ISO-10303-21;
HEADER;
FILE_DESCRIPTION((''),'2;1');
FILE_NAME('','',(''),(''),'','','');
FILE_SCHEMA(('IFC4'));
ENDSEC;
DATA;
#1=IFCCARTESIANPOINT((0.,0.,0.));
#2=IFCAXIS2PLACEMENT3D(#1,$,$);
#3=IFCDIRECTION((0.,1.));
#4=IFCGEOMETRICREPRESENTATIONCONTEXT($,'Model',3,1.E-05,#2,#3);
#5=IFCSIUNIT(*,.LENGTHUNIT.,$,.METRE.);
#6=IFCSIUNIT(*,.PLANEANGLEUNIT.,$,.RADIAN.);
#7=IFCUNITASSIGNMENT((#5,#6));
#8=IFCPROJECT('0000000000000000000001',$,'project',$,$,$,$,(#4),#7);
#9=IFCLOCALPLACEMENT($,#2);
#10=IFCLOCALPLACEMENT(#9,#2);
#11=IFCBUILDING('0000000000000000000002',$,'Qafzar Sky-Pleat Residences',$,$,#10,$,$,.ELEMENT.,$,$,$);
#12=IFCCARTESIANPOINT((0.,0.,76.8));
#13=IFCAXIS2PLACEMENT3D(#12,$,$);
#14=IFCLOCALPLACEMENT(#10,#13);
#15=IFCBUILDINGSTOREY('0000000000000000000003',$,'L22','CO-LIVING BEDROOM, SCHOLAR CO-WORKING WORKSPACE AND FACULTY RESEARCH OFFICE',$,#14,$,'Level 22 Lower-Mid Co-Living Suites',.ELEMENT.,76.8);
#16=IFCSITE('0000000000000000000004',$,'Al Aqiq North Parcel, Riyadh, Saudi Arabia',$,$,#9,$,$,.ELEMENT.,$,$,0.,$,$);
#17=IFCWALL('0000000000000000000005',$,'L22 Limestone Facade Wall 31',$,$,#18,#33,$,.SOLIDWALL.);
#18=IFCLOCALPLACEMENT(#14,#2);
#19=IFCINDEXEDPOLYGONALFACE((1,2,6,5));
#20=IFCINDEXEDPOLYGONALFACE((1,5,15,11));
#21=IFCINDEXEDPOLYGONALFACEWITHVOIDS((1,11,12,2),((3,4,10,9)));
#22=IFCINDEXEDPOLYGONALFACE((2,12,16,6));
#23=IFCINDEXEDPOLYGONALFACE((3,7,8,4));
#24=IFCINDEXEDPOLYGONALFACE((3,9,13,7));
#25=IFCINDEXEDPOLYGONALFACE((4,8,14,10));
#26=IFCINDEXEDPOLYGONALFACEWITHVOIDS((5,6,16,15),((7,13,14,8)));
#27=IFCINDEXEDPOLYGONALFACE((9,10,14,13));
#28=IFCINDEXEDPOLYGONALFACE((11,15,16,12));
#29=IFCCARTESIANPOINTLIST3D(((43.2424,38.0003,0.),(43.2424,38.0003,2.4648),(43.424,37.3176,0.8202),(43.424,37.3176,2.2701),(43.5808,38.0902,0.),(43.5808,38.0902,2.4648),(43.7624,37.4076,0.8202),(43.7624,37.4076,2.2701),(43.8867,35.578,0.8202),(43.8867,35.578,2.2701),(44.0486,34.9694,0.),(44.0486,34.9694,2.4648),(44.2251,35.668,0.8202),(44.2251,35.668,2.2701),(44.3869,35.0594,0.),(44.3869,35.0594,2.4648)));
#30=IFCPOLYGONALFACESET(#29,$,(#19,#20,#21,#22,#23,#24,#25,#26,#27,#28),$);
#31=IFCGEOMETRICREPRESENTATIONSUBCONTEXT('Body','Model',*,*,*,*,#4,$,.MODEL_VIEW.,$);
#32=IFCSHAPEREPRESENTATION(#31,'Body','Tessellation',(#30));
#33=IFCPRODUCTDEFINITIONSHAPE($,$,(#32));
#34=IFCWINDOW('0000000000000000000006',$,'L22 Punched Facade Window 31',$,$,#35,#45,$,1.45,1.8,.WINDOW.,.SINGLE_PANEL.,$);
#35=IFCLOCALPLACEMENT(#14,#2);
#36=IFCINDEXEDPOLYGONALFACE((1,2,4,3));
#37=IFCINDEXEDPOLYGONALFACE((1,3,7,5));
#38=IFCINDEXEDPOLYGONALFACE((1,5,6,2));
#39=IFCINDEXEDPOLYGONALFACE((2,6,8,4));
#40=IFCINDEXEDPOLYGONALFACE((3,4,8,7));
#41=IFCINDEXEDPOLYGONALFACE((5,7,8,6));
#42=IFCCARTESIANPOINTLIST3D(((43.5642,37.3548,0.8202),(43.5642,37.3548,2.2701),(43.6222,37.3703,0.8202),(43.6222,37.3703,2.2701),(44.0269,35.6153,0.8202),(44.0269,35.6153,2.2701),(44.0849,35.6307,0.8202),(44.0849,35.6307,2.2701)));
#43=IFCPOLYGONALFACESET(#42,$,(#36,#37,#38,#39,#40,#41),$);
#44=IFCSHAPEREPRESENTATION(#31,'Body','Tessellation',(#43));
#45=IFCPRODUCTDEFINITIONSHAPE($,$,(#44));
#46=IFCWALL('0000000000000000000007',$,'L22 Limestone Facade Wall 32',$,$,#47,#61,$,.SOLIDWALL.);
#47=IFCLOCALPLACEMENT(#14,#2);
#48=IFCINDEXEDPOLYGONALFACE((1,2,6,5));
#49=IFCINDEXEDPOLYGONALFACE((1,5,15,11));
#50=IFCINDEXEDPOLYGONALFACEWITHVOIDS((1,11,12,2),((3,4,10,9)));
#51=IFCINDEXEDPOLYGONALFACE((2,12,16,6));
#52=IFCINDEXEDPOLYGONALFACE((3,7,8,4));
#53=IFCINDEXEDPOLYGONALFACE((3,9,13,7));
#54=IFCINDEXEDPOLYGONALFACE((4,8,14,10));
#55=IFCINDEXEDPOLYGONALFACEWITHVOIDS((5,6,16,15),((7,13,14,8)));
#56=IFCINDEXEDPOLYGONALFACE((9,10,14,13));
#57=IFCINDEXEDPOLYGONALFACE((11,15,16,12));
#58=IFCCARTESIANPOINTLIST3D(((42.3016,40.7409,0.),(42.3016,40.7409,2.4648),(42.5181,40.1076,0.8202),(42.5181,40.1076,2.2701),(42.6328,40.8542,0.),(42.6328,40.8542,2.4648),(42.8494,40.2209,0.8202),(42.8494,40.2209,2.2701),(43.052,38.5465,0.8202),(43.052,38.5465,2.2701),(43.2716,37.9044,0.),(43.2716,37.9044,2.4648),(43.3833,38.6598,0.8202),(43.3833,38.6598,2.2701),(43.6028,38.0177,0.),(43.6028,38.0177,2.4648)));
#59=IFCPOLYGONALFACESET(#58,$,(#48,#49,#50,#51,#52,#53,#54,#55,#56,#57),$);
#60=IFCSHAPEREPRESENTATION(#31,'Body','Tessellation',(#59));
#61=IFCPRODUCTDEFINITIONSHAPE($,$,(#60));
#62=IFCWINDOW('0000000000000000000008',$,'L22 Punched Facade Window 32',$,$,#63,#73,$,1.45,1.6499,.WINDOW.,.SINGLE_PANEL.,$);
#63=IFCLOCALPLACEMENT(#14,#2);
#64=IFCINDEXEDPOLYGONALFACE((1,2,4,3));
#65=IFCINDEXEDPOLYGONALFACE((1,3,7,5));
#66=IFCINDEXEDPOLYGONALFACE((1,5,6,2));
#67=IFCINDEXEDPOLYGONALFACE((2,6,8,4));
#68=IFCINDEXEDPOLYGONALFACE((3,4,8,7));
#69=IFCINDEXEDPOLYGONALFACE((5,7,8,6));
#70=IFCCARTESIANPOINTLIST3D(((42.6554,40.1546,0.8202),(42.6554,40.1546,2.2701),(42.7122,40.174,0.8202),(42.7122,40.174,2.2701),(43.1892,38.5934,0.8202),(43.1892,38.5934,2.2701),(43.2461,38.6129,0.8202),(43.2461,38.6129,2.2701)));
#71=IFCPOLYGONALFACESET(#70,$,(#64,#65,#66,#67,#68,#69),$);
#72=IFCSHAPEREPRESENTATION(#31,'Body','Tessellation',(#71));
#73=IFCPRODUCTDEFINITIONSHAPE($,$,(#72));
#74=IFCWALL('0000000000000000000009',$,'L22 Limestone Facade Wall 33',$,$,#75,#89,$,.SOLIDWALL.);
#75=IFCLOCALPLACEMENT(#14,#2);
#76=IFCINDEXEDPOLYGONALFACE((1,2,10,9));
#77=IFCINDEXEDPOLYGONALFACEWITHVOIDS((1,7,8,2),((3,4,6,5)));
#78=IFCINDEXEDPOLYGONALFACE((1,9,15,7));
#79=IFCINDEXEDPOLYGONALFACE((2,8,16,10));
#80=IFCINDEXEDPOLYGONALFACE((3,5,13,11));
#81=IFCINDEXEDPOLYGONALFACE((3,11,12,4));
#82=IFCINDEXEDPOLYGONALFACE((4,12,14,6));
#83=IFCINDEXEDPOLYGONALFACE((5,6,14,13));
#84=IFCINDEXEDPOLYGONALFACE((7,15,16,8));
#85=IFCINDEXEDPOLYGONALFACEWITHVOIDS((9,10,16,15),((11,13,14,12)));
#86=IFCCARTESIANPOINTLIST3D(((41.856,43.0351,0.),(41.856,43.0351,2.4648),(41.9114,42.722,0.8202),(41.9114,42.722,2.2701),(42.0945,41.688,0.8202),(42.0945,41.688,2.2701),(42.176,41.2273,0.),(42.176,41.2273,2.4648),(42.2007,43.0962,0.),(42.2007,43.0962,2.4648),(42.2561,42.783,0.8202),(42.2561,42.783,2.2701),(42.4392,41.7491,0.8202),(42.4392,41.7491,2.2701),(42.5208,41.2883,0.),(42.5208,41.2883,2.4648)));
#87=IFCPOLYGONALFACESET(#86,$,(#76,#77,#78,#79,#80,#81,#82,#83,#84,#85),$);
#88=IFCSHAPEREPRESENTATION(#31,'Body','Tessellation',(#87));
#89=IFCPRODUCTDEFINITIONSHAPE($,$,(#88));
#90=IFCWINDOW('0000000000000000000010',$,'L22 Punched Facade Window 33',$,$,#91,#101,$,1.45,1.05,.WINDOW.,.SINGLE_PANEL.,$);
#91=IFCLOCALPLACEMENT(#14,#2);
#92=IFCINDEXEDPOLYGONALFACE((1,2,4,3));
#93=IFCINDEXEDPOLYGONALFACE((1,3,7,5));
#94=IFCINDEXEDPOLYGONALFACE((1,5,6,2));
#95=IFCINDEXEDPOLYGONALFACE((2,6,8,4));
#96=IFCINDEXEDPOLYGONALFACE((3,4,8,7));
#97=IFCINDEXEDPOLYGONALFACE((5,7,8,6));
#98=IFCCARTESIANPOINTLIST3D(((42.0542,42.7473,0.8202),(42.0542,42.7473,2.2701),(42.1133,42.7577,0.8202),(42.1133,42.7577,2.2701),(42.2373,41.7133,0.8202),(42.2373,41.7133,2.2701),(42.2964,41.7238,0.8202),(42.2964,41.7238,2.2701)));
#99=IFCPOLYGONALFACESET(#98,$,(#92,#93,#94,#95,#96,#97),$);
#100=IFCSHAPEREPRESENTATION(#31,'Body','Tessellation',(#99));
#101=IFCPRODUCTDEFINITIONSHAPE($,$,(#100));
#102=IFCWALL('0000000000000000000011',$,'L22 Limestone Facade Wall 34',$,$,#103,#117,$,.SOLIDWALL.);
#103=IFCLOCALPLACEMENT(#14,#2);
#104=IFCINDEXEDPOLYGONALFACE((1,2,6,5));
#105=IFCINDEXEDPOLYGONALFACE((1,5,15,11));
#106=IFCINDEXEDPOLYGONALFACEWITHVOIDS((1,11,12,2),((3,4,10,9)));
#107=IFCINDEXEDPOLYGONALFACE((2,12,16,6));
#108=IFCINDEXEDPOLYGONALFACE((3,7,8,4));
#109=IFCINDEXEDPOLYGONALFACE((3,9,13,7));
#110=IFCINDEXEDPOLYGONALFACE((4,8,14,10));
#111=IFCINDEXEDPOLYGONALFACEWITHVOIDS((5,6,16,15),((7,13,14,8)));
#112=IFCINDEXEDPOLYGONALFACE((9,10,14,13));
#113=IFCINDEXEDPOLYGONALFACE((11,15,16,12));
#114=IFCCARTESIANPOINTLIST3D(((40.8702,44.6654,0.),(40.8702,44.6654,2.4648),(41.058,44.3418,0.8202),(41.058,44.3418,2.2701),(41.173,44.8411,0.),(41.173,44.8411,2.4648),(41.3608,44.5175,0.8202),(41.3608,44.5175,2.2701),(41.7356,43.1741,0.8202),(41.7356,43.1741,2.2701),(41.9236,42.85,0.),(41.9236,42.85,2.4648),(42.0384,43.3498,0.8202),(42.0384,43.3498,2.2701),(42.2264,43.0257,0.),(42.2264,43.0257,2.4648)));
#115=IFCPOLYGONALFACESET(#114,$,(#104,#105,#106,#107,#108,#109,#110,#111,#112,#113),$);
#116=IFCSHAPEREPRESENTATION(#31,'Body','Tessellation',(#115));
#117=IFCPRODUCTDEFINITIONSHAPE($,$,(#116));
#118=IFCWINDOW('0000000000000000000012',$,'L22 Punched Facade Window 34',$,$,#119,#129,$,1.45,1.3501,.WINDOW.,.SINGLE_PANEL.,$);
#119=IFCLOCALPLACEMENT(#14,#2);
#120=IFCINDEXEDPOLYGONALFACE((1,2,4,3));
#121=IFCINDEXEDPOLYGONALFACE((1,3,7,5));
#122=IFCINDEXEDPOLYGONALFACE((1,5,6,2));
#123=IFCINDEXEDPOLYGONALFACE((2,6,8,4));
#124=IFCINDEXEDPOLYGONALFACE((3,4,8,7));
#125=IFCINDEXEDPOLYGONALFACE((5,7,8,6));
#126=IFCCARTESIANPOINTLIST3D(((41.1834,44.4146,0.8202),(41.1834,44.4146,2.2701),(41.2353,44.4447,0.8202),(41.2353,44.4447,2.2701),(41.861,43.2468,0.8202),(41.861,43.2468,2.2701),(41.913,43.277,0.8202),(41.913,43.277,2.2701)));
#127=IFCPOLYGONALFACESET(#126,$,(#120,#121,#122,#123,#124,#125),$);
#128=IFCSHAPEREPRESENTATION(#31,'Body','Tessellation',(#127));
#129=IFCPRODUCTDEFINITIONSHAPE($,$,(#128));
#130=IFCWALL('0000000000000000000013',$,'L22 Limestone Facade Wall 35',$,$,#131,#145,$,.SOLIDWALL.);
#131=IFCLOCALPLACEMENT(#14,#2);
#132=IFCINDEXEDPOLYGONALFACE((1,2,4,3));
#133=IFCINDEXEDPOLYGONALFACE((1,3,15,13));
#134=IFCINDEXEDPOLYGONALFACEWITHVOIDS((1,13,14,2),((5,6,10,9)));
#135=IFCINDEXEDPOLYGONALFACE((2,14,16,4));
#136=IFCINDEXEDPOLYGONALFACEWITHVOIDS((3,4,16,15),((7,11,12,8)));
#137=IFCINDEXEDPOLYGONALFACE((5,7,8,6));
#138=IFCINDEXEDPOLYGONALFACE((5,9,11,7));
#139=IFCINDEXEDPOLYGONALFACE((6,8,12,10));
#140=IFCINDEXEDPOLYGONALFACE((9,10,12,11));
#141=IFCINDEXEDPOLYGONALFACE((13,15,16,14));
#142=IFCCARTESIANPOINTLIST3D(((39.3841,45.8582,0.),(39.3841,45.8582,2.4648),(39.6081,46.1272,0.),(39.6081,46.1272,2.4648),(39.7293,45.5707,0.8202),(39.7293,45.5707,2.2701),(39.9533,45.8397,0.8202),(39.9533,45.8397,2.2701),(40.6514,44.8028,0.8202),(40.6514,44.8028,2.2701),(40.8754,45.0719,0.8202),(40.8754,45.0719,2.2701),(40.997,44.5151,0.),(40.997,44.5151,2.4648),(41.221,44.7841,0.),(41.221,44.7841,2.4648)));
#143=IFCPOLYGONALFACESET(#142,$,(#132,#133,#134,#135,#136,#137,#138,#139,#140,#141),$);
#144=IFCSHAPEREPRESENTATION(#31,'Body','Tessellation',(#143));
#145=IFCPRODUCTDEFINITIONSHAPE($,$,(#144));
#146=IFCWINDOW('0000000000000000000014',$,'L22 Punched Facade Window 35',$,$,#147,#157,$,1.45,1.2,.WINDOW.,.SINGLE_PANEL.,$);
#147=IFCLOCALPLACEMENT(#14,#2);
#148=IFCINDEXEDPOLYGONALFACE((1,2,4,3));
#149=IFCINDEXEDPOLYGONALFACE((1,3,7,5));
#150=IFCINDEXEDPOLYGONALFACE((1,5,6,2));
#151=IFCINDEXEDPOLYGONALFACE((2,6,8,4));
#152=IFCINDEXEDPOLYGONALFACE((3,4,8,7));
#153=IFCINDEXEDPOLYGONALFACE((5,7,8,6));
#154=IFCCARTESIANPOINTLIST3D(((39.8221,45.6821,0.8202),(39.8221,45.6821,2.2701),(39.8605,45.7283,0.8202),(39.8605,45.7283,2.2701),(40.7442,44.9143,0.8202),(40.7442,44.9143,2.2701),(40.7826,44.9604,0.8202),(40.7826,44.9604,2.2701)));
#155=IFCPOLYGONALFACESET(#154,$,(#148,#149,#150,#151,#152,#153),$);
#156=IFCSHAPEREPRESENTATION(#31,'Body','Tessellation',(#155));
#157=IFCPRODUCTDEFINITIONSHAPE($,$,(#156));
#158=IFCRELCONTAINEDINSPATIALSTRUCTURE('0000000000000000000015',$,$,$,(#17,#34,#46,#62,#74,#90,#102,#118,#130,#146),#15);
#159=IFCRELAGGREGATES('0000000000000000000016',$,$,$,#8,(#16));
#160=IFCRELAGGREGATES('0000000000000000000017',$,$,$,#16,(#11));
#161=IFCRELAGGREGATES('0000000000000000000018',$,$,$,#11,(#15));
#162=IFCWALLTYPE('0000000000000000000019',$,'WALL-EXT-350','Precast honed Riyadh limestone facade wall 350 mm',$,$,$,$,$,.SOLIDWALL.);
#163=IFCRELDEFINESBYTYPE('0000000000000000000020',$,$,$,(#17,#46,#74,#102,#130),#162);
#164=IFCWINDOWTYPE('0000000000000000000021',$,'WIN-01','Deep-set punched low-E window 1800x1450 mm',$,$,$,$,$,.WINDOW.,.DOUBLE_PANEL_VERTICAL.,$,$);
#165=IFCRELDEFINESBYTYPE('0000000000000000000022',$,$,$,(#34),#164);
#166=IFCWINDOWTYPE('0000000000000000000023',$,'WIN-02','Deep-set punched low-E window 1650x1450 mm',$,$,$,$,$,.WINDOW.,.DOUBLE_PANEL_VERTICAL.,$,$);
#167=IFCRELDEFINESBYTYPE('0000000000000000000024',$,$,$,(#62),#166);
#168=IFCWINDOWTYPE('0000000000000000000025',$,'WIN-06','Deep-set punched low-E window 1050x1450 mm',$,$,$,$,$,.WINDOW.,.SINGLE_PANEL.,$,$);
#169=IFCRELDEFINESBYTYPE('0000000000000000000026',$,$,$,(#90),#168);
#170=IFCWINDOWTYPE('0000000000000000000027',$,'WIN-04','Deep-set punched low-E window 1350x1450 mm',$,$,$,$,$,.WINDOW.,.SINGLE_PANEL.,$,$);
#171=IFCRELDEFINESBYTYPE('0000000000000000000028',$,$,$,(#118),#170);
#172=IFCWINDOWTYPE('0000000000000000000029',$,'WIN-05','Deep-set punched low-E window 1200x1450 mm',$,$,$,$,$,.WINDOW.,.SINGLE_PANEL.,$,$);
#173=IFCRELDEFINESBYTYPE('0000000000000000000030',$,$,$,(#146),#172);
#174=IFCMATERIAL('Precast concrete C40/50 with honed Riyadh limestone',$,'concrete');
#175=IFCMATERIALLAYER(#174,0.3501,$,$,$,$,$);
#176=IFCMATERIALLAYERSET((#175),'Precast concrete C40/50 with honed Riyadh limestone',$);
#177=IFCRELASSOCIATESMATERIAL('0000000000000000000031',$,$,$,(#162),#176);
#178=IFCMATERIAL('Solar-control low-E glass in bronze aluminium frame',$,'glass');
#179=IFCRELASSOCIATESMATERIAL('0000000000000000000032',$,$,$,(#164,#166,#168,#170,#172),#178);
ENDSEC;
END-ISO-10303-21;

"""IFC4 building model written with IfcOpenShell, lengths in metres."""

from ifc_helpers import new_model, si_unit, direction, frame, frame_2d, origin, place, context, subcontext, project, spatial, rectangle, extrude, source, transform, mapped, material, layer, layer_set, type_object, element, fill, save


model = new_model("IFC4")

# Units and contexts
model_context = context("Model", 3, precision=1e-05, world=origin(), true_north=direction((0.0, 1.0)))
body_context = subcontext(model_context, "Body", "Model", "MODEL_VIEW")
ifc_project = project(units=[si_unit("LENGTHUNIT", "METRE"), si_unit("PLANEANGLEUNIT", "RADIAN")], contexts=[model_context])

# Site, building, storey
site_placement = place(None, origin())
site = spatial("IfcSite", under=ifc_project, at=site_placement, Name="Al Aqiq North Parcel, Riyadh, Saudi Arabia", CompositionType="ELEMENT", RefElevation=0.0)
building_placement = place(site_placement, origin())
building = spatial("IfcBuilding", under=site, at=building_placement, Name="Qafzar Sky-Pleat Residences", CompositionType="ELEMENT")
storey_placement = place(building_placement, frame((0.0, 0.0, 76.8)))
storey = spatial("IfcBuildingStorey", under=building, at=storey_placement, Name="L22", Description="CO-LIVING BEDROOM, SCHOLAR CO-WORKING WORKSPACE AND FACULTY RESEARCH OFFICE", LongName="Level 22 Lower-Mid Co-Living Suites", CompositionType="ELEMENT", Elevation=76.8)

# Walls, openings, windows
ifc_material_1 = material(Name="Precast concrete C40/50 with honed Riyadh limestone", Category="concrete")
ifc_layer_1 = layer(ifc_material_1, 0.3501)
ifc_layer_set_1 = layer_set([ifc_layer_1], Name="Precast concrete C40/50 with honed Riyadh limestone")
wall_type = type_object("IfcWallType", Name="WALL-EXT-350", Description="Precast honed Riyadh limestone facade wall 350 mm", PredefinedType="SOLIDWALL", material=ifc_layer_set_1)
wall_1_placement = place(storey_placement, frame((44.2178, 35.0144, 0.0), z_axis=(0.0, 0.0, 1.0), x_axis=(-0.257052, 0.966398, 0.0)))
wall_1 = element("IfcWall", 1, at=wall_1_placement, inside=storey, type_object=wall_type, Name="L22 Limestone Facade Wall 31", PredefinedType="SOLIDWALL", context=body_context, shape_type="SweptSolid", body=[
    extrude(rectangle(XDim=3.1362, YDim=0.3501, at=frame_2d((1.5681, 0.0))), origin(), (0.0, 0.0, 1.0), 2.4648),
])
opening_1_placement = place(wall_1_placement, frame((0.6299, 0.0, 0.8201)))
opening_1 = element("IfcOpeningElement", 2, at=opening_1_placement, cuts=wall_1, PredefinedType="OPENING", context=body_context, shape_type="SweptSolid", body=[
    extrude(rectangle(XDim=1.8, YDim=1.45, at=frame_2d((0.8999, 0.7251))), frame((0.0, 0.1851, 0.0), z_axis=(0.0, -1.0, 0.0), x_axis=(1.0, 0.0, 0.0)), (0.0, 0.0, 1.0), 0.3701),
])
ifc_material_2 = material(Name="Solar-control low-E glass in bronze aluminium frame", Category="glass")
window_type_1 = type_object("IfcWindowType", Name="WIN-01", Description="Deep-set punched low-E window 1800x1450 mm", PartitioningType="DOUBLE_PANEL_VERTICAL", PredefinedType="WINDOW", material=ifc_material_2)
shared_shape_1 = source(origin(), body_context, "Body", "SweptSolid", [
    extrude(rectangle(XDim=1.8, YDim=1.45, at=frame_2d((0.8999, 0.7251))), frame((0.0, 0.03, 0.0), z_axis=(0.0, -1.0, 0.0), x_axis=(1.0, 0.0, 0.0)), (0.0, 0.0, 1.0), 0.0601),
])
window_1_placement = place(opening_1_placement, origin())
window_1 = element("IfcWindow", 3, at=window_1_placement, inside=storey, type_object=window_type_1, Name="L22 Punched Facade Window 31", OverallHeight=1.45, OverallWidth=1.8, PartitioningType="SINGLE_PANEL", PredefinedType="WINDOW", context=body_context, shape_type="MappedRepresentation", body=[
    mapped(shared_shape_1, transform((0.0, 0.0, 0.0), x_axis=(1.0, 0.0, 0.0), y_axis=(0.0, 1.0, 0.0), z_axis=(0.0, 0.0, 1.0), scale=1.0)),
])
fill(opening_1, window_1)
wall_2_placement = place(storey_placement, frame((43.4373, 37.9609, 0.0), z_axis=(0.0, 0.0, 1.0), x_axis=(-0.323573, 0.946203, 0.0)))
wall_2 = element("IfcWall", 4, at=wall_2_placement, inside=storey, type_object=wall_type, Name="L22 Limestone Facade Wall 32", PredefinedType="SOLIDWALL", context=body_context, shape_type="SweptSolid", body=[
    extrude(rectangle(XDim=2.9978, YDim=0.3501, at=frame_2d((1.499, 0.0))), origin(), (0.0, 0.0, 1.0), 2.4648),
])
opening_2_placement = place(wall_2_placement, frame((0.6787, 0.0, 0.8201)))
opening_2 = element("IfcOpeningElement", 5, at=opening_2_placement, cuts=wall_2, PredefinedType="OPENING", context=body_context, shape_type="SweptSolid", body=[
    extrude(rectangle(XDim=1.6499, YDim=1.45, at=frame_2d((0.825, 0.7251))), frame((0.0, 0.1851, 0.0), z_axis=(0.0, -1.0, 0.0), x_axis=(1.0, 0.0, 0.0)), (0.0, 0.0, 1.0), 0.3701),
])
window_type_2 = type_object("IfcWindowType", Name="WIN-02", Description="Deep-set punched low-E window 1650x1450 mm", PartitioningType="DOUBLE_PANEL_VERTICAL", PredefinedType="WINDOW", material=ifc_material_2)
shared_shape_2 = source(origin(), body_context, "Body", "SweptSolid", [
    extrude(rectangle(XDim=1.6499, YDim=1.45, at=frame_2d((0.825, 0.7251))), frame((0.0, 0.03, 0.0), z_axis=(0.0, -1.0, 0.0), x_axis=(1.0, 0.0, 0.0)), (0.0, 0.0, 1.0), 0.0601),
])
window_2_placement = place(opening_2_placement, origin())
window_2 = element("IfcWindow", 6, at=window_2_placement, inside=storey, type_object=window_type_2, Name="L22 Punched Facade Window 32", OverallHeight=1.45, OverallWidth=1.6499, PartitioningType="SINGLE_PANEL", PredefinedType="WINDOW", context=body_context, shape_type="MappedRepresentation", body=[
    mapped(shared_shape_2, transform((0.0, 0.0, 0.0), x_axis=(1.0, 0.0, 0.0), y_axis=(0.0, 1.0, 0.0), z_axis=(0.0, 0.0, 1.0), scale=1.0)),
])
fill(opening_2, window_2)
wall_3_placement = place(storey_placement, frame((42.3484, 41.2578, 0.0), z_axis=(0.0, 0.0, 1.0), x_axis=(-0.174331, 0.984687, 0.0)))
wall_3 = element("IfcWall", 7, at=wall_3_placement, inside=storey, type_object=wall_type, Name="L22 Limestone Facade Wall 33", PredefinedType="SOLIDWALL", context=body_context, shape_type="SweptSolid", body=[
    extrude(rectangle(XDim=1.8359, YDim=0.3501, at=frame_2d((0.918, 0.0))), origin(), (0.0, 0.0, 1.0), 2.4648),
])
opening_3_placement = place(wall_3_placement, frame((0.468, 0.0, 0.8201)))
opening_3 = element("IfcOpeningElement", 8, at=opening_3_placement, cuts=wall_3, PredefinedType="OPENING", context=body_context, shape_type="SweptSolid", body=[
    extrude(rectangle(XDim=1.05, YDim=1.45, at=frame_2d((0.5249, 0.7251))), frame((0.0, 0.1851, 0.0), z_axis=(0.0, -1.0, 0.0), x_axis=(1.0, 0.0, 0.0)), (0.0, 0.0, 1.0), 0.3701),
])
window_type_3 = type_object("IfcWindowType", Name="WIN-06", Description="Deep-set punched low-E window 1050x1450 mm", PartitioningType="SINGLE_PANEL", PredefinedType="WINDOW", material=ifc_material_2)
shared_shape_3 = source(origin(), body_context, "Body", "SweptSolid", [
    extrude(rectangle(XDim=1.05, YDim=1.45, at=frame_2d((0.5249, 0.7251))), frame((0.0, 0.03, 0.0), z_axis=(0.0, -1.0, 0.0), x_axis=(1.0, 0.0, 0.0)), (0.0, 0.0, 1.0), 0.0601),
])
window_3_placement = place(opening_3_placement, origin())
window_3 = element("IfcWindow", 9, at=window_3_placement, inside=storey, type_object=window_type_3, Name="L22 Punched Facade Window 33", OverallHeight=1.45, OverallWidth=1.05, PartitioningType="SINGLE_PANEL", PredefinedType="WINDOW", context=body_context, shape_type="MappedRepresentation", body=[
    mapped(shared_shape_3, transform((0.0, 0.0, 0.0), x_axis=(1.0, 0.0, 0.0), y_axis=(0.0, 1.0, 0.0), z_axis=(0.0, 0.0, 1.0), scale=1.0)),
])
fill(opening_3, window_3)
wall_4_placement = place(storey_placement, frame((42.075, 42.938, 0.0), z_axis=(0.0, 0.0, 1.0), x_axis=(-0.501903, 0.864924, 0.0)))
wall_4 = element("IfcWall", 10, at=wall_4_placement, inside=storey, type_object=wall_type, Name="L22 Limestone Facade Wall 34", PredefinedType="SOLIDWALL", context=body_context, shape_type="SweptSolid", body=[
    extrude(rectangle(XDim=2.0989, YDim=0.3501, at=frame_2d((1.0493, 0.0))), origin(), (0.0, 0.0, 1.0), 2.4648),
])
opening_4_placement = place(wall_4_placement, frame((0.3745, 0.0, 0.8201)))
opening_4 = element("IfcOpeningElement", 11, at=opening_4_placement, cuts=wall_4, PredefinedType="OPENING", context=body_context, shape_type="SweptSolid", body=[
    extrude(rectangle(XDim=1.3501, YDim=1.45, at=frame_2d((0.675, 0.7251))), frame((0.0, 0.1851, 0.0), z_axis=(0.0, -1.0, 0.0), x_axis=(1.0, 0.0, 0.0)), (0.0, 0.0, 1.0), 0.3701),
])
window_type_4 = type_object("IfcWindowType", Name="WIN-04", Description="Deep-set punched low-E window 1350x1450 mm", PartitioningType="SINGLE_PANEL", PredefinedType="WINDOW", material=ifc_material_2)
shared_shape_4 = source(origin(), body_context, "Body", "SweptSolid", [
    extrude(rectangle(XDim=1.3501, YDim=1.45, at=frame_2d((0.675, 0.7251))), frame((0.0, 0.03, 0.0), z_axis=(0.0, -1.0, 0.0), x_axis=(1.0, 0.0, 0.0)), (0.0, 0.0, 1.0), 0.0601),
])
window_4_placement = place(opening_4_placement, origin())
window_4 = element("IfcWindow", 12, at=window_4_placement, inside=storey, type_object=window_type_4, Name="L22 Punched Facade Window 34", OverallHeight=1.45, OverallWidth=1.3501, PartitioningType="SINGLE_PANEL", PredefinedType="WINDOW", context=body_context, shape_type="MappedRepresentation", body=[
    mapped(shared_shape_4, transform((0.0, 0.0, 0.0), x_axis=(1.0, 0.0, 0.0), y_axis=(0.0, 1.0, 0.0), z_axis=(0.0, 0.0, 1.0), scale=1.0)),
])
fill(opening_4, window_4)
wall_5_placement = place(storey_placement, frame((41.1089, 44.6497, 0.0), z_axis=(0.0, 0.0, 1.0), x_axis=(-0.76845, 0.63991, 0.0)))
wall_5 = element("IfcWall", 13, at=wall_5_placement, inside=storey, type_object=wall_type, Name="L22 Limestone Facade Wall 35", PredefinedType="SOLIDWALL", context=body_context, shape_type="SweptSolid", body=[
    extrude(rectangle(XDim=2.0989, YDim=0.3501, at=frame_2d((1.0493, 0.0))), origin(), (0.0, 0.0, 1.0), 2.4648),
])
opening_5_placement = place(wall_5_placement, frame((0.4495, 0.0, 0.8201)))
opening_5 = element("IfcOpeningElement", 14, at=opening_5_placement, cuts=wall_5, PredefinedType="OPENING", context=body_context, shape_type="SweptSolid", body=[
    extrude(rectangle(XDim=1.2, YDim=1.45, at=frame_2d((0.6001, 0.7251))), frame((0.0, 0.1851, 0.0), z_axis=(0.0, -1.0, 0.0), x_axis=(1.0, 0.0, 0.0)), (0.0, 0.0, 1.0), 0.3701),
])
window_type_5 = type_object("IfcWindowType", Name="WIN-05", Description="Deep-set punched low-E window 1200x1450 mm", PartitioningType="SINGLE_PANEL", PredefinedType="WINDOW", material=ifc_material_2)
shared_shape_5 = source(origin(), body_context, "Body", "SweptSolid", [
    extrude(rectangle(XDim=1.2, YDim=1.45, at=frame_2d((0.6001, 0.7251))), frame((0.0, 0.03, 0.0), z_axis=(0.0, -1.0, 0.0), x_axis=(1.0, 0.0, 0.0)), (0.0, 0.0, 1.0), 0.0601),
])
window_5_placement = place(opening_5_placement, origin())
window_5 = element("IfcWindow", 15, at=window_5_placement, inside=storey, type_object=window_type_5, Name="L22 Punched Facade Window 35", OverallHeight=1.45, OverallWidth=1.2, PartitioningType="SINGLE_PANEL", PredefinedType="WINDOW", context=body_context, shape_type="MappedRepresentation", body=[
    mapped(shared_shape_5, transform((0.0, 0.0, 0.0), x_axis=(1.0, 0.0, 0.0), y_axis=(0.0, 1.0, 0.0), z_axis=(0.0, 0.0, 1.0), scale=1.0)),
])
fill(opening_5, window_5)

save(model, "model.ifc")
